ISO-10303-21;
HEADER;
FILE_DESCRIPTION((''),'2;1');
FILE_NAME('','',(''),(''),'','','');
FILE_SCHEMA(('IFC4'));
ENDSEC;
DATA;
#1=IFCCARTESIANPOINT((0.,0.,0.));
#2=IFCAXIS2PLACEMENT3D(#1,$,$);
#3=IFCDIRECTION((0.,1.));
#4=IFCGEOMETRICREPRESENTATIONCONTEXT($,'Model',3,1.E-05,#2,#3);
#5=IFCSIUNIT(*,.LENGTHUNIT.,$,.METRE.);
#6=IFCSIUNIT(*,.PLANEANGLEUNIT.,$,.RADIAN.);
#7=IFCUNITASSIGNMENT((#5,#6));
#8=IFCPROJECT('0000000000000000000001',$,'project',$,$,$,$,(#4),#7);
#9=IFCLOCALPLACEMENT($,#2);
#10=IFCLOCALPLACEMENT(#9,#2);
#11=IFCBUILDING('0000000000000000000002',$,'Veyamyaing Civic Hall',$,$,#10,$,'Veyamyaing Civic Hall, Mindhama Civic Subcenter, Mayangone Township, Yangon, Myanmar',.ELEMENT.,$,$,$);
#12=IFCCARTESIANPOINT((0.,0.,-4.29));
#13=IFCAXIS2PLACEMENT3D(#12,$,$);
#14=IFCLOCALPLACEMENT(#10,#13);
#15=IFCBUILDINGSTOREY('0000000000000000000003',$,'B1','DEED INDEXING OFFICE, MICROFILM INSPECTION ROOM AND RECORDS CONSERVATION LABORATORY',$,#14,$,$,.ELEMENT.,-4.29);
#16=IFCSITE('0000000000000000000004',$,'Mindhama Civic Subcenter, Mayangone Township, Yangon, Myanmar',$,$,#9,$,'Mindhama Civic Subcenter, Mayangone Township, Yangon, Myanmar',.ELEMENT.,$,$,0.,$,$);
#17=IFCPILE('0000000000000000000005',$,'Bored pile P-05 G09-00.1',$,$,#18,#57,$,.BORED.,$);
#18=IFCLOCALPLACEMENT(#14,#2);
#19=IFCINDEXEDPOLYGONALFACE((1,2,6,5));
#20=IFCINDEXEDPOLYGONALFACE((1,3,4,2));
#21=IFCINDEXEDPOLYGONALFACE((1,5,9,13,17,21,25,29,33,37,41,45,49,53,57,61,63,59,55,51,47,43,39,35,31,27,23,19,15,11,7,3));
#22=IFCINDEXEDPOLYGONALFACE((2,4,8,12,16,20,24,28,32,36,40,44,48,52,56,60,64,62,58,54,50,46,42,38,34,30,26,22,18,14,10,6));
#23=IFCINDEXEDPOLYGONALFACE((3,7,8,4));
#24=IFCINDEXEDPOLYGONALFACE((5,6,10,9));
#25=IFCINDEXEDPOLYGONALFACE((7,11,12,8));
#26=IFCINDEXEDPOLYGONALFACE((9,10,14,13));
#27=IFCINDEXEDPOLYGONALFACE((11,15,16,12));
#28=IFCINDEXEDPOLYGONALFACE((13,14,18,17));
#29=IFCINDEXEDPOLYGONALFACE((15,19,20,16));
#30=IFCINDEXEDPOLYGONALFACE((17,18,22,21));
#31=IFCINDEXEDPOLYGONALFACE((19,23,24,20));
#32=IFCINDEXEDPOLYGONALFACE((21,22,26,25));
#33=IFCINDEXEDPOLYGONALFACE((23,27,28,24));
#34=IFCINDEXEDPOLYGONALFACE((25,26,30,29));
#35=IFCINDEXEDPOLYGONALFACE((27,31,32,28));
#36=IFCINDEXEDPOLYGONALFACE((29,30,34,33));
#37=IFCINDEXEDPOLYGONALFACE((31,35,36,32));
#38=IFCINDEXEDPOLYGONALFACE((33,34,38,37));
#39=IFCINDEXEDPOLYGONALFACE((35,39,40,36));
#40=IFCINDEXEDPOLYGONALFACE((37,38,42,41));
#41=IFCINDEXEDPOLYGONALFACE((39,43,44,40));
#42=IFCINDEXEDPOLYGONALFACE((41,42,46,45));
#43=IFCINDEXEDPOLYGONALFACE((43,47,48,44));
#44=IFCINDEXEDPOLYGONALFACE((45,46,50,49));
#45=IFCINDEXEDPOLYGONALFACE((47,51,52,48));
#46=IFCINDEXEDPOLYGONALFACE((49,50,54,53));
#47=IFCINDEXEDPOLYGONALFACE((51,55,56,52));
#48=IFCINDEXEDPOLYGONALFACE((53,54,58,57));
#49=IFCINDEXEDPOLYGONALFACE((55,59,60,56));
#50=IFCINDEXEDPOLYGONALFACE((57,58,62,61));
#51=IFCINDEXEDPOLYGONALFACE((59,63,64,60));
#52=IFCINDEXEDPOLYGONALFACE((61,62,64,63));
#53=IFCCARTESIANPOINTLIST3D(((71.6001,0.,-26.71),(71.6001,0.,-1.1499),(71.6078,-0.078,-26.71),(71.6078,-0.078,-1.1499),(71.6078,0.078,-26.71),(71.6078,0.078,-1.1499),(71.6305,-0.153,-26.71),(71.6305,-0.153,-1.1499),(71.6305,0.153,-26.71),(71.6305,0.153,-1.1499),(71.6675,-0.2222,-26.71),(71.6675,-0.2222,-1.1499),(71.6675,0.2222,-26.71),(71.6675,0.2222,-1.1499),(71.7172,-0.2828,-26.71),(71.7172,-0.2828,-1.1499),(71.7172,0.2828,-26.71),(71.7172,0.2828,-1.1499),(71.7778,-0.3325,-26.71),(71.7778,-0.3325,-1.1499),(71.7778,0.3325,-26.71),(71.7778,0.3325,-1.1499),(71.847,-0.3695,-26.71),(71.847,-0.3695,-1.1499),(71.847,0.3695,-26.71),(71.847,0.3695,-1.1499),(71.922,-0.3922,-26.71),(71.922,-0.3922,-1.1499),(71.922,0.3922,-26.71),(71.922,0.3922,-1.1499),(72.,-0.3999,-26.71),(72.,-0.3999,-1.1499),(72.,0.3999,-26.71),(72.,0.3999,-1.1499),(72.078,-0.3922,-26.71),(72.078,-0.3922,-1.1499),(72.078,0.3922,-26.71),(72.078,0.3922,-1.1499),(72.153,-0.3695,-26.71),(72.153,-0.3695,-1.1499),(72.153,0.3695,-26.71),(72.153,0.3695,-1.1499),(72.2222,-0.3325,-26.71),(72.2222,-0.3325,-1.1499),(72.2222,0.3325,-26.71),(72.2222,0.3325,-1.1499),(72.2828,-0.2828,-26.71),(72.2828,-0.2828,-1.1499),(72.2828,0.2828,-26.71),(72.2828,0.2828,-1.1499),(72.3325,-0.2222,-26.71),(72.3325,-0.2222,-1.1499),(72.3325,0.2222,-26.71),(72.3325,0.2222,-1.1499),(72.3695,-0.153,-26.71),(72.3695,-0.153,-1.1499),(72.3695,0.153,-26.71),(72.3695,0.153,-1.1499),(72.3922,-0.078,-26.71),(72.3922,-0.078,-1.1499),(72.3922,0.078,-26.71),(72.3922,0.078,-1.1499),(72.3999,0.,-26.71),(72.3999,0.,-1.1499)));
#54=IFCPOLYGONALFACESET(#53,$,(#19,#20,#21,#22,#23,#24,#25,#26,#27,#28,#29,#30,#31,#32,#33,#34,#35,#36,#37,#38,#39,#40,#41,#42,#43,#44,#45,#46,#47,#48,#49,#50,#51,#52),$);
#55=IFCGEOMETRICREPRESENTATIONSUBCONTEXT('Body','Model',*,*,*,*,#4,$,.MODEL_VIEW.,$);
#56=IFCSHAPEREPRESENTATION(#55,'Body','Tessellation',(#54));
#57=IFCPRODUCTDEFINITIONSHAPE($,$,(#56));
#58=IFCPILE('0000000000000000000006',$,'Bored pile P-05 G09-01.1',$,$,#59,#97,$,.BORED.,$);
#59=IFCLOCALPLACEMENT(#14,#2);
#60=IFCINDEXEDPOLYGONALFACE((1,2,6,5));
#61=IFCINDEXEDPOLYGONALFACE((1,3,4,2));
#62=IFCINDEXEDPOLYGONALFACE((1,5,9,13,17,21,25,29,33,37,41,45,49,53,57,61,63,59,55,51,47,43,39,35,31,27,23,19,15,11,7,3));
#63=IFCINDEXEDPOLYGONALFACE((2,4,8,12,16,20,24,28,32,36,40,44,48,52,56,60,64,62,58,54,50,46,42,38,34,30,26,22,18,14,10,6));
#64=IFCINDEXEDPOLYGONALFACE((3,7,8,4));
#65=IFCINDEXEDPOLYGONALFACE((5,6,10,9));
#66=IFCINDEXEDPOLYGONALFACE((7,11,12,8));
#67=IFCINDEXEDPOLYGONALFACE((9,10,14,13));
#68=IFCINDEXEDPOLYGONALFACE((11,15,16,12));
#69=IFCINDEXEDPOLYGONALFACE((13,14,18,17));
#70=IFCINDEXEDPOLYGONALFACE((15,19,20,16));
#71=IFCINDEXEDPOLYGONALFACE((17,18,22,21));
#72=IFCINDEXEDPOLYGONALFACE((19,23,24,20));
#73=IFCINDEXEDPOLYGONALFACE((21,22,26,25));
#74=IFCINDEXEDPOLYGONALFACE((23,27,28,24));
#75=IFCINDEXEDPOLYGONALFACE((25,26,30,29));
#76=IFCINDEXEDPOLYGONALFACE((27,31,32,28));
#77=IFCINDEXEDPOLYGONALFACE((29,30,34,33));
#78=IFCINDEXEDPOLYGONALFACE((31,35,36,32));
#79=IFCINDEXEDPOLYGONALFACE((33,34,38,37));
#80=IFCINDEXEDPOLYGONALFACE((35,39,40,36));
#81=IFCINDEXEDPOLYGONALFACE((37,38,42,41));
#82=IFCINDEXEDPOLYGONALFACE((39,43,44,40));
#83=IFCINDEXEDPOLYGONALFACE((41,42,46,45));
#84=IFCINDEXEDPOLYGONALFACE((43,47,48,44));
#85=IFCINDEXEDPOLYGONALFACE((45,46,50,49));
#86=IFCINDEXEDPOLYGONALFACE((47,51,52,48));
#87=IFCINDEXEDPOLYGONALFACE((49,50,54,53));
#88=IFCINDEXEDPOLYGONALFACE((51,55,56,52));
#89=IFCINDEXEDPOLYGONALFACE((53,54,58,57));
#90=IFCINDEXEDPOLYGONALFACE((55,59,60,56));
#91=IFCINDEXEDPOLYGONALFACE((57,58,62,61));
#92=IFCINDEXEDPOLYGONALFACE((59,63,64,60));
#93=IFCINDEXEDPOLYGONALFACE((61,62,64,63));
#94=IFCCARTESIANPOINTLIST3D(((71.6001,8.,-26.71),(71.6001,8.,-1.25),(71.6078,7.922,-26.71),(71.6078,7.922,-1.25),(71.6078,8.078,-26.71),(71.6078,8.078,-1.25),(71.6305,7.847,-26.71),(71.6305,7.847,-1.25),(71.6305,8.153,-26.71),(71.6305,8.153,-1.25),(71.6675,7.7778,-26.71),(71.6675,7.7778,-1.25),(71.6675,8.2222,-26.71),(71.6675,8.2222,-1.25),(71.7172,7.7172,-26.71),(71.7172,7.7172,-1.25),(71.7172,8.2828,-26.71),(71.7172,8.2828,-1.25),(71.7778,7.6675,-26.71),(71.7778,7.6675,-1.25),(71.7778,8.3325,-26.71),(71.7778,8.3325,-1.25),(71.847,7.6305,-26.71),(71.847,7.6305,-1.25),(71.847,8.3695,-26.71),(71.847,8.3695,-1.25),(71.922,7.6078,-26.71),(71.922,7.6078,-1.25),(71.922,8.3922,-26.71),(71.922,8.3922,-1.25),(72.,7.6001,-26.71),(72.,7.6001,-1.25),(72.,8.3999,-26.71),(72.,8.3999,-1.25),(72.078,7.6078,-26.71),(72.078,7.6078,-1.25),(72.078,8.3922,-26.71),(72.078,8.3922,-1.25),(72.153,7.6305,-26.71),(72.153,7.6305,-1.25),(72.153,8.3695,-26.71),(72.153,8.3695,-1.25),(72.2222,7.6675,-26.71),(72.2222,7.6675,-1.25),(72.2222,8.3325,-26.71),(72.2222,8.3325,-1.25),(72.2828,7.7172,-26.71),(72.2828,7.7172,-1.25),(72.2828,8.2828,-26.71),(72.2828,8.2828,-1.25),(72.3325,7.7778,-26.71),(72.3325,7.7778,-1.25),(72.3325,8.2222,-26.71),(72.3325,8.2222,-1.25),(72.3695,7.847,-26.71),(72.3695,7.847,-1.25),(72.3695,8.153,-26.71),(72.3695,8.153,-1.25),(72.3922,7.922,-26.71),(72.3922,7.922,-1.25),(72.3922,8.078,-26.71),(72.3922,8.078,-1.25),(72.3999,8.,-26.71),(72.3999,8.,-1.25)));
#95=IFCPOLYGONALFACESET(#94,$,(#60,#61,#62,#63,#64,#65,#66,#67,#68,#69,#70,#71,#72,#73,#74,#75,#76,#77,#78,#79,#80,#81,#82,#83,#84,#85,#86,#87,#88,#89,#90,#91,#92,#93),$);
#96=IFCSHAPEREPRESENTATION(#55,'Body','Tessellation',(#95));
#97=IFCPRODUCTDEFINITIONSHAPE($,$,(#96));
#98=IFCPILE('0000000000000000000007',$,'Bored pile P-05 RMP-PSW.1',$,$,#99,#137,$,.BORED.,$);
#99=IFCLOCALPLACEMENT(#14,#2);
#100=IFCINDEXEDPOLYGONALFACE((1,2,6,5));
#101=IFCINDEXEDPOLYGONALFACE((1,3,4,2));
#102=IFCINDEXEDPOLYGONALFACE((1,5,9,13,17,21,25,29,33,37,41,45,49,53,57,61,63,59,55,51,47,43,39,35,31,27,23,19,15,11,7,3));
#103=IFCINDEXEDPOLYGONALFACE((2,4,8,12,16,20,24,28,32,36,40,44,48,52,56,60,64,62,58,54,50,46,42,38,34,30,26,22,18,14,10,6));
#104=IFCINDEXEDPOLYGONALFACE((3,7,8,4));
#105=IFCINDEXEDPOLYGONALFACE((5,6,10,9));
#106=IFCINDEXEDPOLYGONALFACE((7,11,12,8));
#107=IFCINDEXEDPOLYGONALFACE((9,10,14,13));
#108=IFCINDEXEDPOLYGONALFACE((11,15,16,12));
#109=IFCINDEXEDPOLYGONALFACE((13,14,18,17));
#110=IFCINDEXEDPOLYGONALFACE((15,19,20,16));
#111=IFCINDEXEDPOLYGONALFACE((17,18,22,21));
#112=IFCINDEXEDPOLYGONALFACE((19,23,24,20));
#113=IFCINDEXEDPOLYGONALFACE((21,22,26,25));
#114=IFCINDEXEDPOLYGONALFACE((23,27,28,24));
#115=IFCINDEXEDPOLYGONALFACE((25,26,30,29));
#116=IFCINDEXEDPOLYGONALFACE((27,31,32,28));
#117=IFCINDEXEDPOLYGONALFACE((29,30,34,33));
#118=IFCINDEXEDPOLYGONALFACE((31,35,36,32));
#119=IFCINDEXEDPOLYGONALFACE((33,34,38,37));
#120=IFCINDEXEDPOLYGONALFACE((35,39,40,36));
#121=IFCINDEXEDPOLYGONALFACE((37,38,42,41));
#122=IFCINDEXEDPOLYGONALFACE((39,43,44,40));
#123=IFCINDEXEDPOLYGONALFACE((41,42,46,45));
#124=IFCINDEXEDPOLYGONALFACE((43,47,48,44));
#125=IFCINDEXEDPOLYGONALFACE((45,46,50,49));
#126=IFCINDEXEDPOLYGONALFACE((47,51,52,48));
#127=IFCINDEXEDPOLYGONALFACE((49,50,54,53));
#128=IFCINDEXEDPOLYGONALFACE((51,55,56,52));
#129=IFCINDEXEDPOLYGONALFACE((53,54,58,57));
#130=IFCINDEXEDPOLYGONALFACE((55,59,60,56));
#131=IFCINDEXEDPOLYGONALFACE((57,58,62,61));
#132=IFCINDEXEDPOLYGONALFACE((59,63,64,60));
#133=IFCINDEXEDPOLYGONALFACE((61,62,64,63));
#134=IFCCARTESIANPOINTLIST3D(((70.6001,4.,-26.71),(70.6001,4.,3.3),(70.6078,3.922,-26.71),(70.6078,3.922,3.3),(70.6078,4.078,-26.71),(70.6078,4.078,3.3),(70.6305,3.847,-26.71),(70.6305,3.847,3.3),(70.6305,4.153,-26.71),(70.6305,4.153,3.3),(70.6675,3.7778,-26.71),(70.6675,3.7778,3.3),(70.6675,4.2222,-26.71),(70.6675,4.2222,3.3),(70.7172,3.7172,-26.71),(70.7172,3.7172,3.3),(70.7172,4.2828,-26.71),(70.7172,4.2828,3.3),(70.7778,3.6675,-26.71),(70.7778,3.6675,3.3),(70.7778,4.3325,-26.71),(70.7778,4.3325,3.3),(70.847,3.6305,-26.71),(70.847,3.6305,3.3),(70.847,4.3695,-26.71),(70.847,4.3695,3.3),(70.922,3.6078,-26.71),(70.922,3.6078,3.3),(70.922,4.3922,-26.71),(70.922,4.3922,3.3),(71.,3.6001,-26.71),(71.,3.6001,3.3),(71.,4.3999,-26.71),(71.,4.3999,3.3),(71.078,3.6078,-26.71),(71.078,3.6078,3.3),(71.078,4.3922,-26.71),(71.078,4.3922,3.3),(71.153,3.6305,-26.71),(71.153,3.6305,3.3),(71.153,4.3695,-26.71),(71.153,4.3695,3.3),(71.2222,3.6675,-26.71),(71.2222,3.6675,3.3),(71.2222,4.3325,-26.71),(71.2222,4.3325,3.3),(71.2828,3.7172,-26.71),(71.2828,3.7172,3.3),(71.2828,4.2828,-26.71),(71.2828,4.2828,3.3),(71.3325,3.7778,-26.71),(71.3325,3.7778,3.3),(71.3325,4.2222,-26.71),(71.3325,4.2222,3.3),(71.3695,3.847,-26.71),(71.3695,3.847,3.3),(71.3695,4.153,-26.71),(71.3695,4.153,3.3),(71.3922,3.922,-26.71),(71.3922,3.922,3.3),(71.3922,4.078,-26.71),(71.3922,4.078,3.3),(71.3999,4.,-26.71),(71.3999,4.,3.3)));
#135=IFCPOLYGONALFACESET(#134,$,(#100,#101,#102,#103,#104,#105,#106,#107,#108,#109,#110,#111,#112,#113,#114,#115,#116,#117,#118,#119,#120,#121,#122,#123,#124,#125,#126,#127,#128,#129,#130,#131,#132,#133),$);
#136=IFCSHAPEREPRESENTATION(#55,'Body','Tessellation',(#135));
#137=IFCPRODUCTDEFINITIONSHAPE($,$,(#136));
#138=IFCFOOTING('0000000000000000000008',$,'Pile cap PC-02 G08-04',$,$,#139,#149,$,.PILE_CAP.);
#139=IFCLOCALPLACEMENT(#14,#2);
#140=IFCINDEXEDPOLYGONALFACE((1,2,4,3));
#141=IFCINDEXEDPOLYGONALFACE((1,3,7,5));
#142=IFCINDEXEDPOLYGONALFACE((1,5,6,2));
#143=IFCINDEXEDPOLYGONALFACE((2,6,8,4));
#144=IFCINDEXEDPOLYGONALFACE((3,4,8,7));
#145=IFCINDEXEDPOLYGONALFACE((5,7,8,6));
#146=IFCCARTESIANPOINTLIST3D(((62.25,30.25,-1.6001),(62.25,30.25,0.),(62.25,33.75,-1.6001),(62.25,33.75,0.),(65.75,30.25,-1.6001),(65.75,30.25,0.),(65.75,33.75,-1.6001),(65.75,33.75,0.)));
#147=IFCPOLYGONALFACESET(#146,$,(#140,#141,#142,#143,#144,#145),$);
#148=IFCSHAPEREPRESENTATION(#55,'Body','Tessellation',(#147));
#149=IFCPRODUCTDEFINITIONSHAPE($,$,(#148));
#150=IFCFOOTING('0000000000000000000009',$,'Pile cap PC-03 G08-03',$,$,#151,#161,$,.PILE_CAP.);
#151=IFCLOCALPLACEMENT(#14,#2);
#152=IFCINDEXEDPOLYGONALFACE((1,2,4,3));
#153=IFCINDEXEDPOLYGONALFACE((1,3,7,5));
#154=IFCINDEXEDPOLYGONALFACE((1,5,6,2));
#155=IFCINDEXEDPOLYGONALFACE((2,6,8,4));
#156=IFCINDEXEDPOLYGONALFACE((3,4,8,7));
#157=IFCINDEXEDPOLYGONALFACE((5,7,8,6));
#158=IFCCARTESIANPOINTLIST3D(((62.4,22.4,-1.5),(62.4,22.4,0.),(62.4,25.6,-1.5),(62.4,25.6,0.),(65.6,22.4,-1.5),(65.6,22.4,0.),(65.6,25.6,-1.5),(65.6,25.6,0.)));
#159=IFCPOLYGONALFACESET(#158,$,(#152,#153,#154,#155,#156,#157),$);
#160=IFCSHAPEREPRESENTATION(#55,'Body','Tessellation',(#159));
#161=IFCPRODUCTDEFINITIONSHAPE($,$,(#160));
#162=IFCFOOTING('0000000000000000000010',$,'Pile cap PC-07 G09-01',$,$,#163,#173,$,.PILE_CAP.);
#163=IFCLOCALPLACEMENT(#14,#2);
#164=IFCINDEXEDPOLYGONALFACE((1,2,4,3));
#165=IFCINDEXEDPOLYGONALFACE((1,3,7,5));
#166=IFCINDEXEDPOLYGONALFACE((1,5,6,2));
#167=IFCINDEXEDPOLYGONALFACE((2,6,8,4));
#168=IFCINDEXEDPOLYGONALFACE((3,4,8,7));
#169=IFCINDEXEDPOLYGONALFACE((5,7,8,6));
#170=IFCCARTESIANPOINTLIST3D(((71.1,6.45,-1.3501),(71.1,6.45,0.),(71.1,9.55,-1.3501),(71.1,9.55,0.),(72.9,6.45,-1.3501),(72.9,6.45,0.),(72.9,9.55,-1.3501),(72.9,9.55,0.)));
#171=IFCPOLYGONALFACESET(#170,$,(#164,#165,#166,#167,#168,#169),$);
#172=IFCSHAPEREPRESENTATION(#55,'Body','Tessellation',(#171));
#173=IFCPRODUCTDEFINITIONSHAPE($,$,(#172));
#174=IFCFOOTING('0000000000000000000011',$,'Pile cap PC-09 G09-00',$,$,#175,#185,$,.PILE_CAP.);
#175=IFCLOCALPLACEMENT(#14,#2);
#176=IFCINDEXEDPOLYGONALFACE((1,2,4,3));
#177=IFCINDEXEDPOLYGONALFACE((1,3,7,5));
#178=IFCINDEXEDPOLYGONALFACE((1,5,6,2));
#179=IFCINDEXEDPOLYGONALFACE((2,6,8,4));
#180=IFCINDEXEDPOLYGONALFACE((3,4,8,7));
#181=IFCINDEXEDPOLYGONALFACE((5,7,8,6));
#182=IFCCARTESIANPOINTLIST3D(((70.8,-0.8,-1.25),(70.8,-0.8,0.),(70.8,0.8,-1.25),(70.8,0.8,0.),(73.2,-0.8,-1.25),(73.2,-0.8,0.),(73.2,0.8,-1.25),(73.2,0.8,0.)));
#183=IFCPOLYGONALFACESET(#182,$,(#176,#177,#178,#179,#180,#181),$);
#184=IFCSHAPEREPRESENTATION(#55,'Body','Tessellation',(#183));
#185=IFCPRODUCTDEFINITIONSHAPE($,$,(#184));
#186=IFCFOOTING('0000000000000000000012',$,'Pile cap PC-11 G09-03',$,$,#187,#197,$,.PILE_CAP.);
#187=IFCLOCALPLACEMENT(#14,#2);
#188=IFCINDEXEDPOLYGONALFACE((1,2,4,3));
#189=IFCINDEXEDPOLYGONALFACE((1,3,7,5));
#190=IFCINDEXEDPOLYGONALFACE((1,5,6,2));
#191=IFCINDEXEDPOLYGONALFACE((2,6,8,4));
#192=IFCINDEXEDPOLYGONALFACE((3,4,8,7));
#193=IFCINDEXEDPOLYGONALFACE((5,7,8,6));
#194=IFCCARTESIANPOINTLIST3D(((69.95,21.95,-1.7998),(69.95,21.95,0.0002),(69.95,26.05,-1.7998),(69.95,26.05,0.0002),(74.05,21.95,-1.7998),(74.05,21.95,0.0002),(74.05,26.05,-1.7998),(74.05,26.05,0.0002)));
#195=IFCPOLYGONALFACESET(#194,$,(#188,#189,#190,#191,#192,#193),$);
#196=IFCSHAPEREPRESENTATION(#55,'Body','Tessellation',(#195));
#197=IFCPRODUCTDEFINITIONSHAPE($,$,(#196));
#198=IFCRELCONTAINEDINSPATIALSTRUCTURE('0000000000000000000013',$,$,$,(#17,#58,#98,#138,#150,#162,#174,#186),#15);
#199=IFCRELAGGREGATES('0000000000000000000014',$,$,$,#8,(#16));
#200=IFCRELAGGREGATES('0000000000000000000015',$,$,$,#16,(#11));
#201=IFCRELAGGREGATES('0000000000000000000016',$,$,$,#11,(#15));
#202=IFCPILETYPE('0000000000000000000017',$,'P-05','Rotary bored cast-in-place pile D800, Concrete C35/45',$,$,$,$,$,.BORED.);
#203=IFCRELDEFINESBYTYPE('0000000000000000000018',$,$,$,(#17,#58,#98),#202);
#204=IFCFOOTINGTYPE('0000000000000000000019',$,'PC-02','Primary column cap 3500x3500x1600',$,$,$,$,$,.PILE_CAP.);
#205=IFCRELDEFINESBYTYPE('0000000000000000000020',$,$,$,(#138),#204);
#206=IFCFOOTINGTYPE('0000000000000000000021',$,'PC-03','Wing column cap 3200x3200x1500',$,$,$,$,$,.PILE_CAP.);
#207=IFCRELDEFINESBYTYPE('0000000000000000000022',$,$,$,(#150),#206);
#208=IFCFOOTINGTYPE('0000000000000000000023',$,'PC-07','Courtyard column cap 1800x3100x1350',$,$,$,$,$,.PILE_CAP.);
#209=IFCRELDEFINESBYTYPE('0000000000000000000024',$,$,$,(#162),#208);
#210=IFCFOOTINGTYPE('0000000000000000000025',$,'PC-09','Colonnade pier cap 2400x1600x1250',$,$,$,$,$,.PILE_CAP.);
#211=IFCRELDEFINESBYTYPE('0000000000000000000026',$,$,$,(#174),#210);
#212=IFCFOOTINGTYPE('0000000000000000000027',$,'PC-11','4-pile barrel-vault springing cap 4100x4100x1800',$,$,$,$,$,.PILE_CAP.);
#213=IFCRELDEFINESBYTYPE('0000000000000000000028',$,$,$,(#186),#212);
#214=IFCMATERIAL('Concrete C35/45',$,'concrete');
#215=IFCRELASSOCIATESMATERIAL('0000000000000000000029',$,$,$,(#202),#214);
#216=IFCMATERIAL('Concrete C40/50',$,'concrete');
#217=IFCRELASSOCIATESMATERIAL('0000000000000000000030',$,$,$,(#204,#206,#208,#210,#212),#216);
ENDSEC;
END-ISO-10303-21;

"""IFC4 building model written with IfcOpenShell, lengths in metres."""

from ifc_helpers import new_model, si_unit, direction, frame, origin, origin_2d, place, context, subcontext, project, spatial, rectangle, circle, extrude, material, material_profile, profile_set, type_object, element, save


model = new_model("IFC4")

# Units and contexts
model_context = context("Model", 3, precision=1e-05, world=origin(), true_north=direction((0.0, 1.0)))
body_context = subcontext(model_context, "Body", "Model", "MODEL_VIEW")
ifc_project = project(units=[si_unit("LENGTHUNIT", "METRE"), si_unit("PLANEANGLEUNIT", "RADIAN")], contexts=[model_context])

# Site, building, storey
site_placement = place(None, origin())
site = spatial("IfcSite", under=ifc_project, at=site_placement, Name="Mindhama Civic Subcenter, Mayangone Township, Yangon, Myanmar", LongName="Mindhama Civic Subcenter, Mayangone Township, Yangon, Myanmar", CompositionType="ELEMENT", RefElevation=0.0)
building_placement = place(site_placement, origin())
building = spatial("IfcBuilding", under=site, at=building_placement, Name="Veyamyaing Civic Hall", LongName="Veyamyaing Civic Hall, Mindhama Civic Subcenter, Mayangone Township, Yangon, Myanmar", CompositionType="ELEMENT")
storey_placement = place(building_placement, frame((0.0, 0.0, -4.29)))
storey = spatial("IfcBuildingStorey", under=building, at=storey_placement, Name="B1", Description="DEED INDEXING OFFICE, MICROFILM INSPECTION ROOM AND RECORDS CONSERVATION LABORATORY", CompositionType="ELEMENT", Elevation=-4.29)

# Shared definitions
ifc_material_1 = material(Name="Concrete C40/50", Category="concrete")

# Piles
ifc_material_2 = material(Name="Concrete C35/45", Category="concrete")
ifc_material_profile_1 = material_profile(ifc_material_2, circle(Radius=0.3999, at=origin_2d()), Name="PILE-D800")
ifc_profile_set_1 = profile_set([ifc_material_profile_1], Name="Concrete C35/45")
pile_type_1 = type_object("IfcPileType", Name="P-05", Description="Rotary bored cast-in-place pile D800, Concrete C35/45", PredefinedType="BORED", material=ifc_profile_set_1)
pile_1_placement = place(storey_placement, frame((72.0, 0.0, -1.1499), z_axis=(0.0, 0.0, -1.0), x_axis=(1.0, 0.0, 0.0)))
element("IfcPile", 1, at=pile_1_placement, inside=storey, type_object=pile_type_1, Name="Bored pile P-05 G09-00.1", PredefinedType="BORED", context=body_context, shape_type="SweptSolid", body=[
    extrude(circle(Radius=0.3999, at=origin_2d()), origin(), (0.0, 0.0, 1.0), 25.5601),
])
pile_2_placement = place(storey_placement, frame((72.0, 8.0, -1.25), z_axis=(0.0, 0.0, -1.0), x_axis=(1.0, 0.0, 0.0)))
element("IfcPile", 2, at=pile_2_placement, inside=storey, type_object=pile_type_1, Name="Bored pile P-05 G09-01.1", PredefinedType="BORED", context=body_context, shape_type="SweptSolid", body=[
    extrude(circle(Radius=0.3999, at=origin_2d()), origin(), (0.0, 0.0, 1.0), 25.46),
])
pile_3_placement = place(storey_placement, frame((71.0, 4.0, 3.3), z_axis=(0.0, 0.0, -1.0), x_axis=(1.0, 0.0, 0.0)))
element("IfcPile", 3, at=pile_3_placement, inside=storey, type_object=pile_type_1, Name="Bored pile P-05 RMP-PSW.1", PredefinedType="BORED", context=body_context, shape_type="SweptSolid", body=[
    extrude(circle(Radius=0.3999, at=origin_2d()), origin(), (0.0, 0.0, 1.0), 30.01),
])

# Footings
footing_type_1 = type_object("IfcFootingType", Name="PC-02", Description="Primary column cap 3500x3500x1600", PredefinedType="PILE_CAP", material=ifc_material_1)
footing_1_placement = place(storey_placement, frame((64.0, 32.0, -1.6001), z_axis=(0.0, 0.0, 1.0), x_axis=(1.0, 0.0, 0.0)))
element("IfcFooting", 4, at=footing_1_placement, inside=storey, type_object=footing_type_1, Name="Pile cap PC-02 G08-04", PredefinedType="PILE_CAP", context=body_context, shape_type="SweptSolid", body=[
    extrude(rectangle(XDim=3.5, YDim=3.5, at=origin_2d()), origin(), (0.0, 0.0, 1.0), 1.6001),
])
footing_type_2 = type_object("IfcFootingType", Name="PC-03", Description="Wing column cap 3200x3200x1500", PredefinedType="PILE_CAP", material=ifc_material_1)
footing_2_placement = place(storey_placement, frame((64.0, 24.0, -1.5), z_axis=(0.0, 0.0, 1.0), x_axis=(1.0, 0.0, 0.0)))
element("IfcFooting", 5, at=footing_2_placement, inside=storey, type_object=footing_type_2, Name="Pile cap PC-03 G08-03", PredefinedType="PILE_CAP", context=body_context, shape_type="SweptSolid", body=[
    extrude(rectangle(XDim=3.2, YDim=3.2, at=origin_2d()), origin(), (0.0, 0.0, 1.0), 1.5),
])
footing_type_3 = type_object("IfcFootingType", Name="PC-07", Description="Courtyard column cap 1800x3100x1350", PredefinedType="PILE_CAP", material=ifc_material_1)
footing_3_placement = place(storey_placement, frame((72.0, 8.0, -1.3501), z_axis=(0.0, 0.0, 1.0), x_axis=(1.0, 0.0, 0.0)))
element("IfcFooting", 6, at=footing_3_placement, inside=storey, type_object=footing_type_3, Name="Pile cap PC-07 G09-01", PredefinedType="PILE_CAP", context=body_context, shape_type="SweptSolid", body=[
    extrude(rectangle(XDim=1.8, YDim=3.1001, at=origin_2d()), origin(), (0.0, 0.0, 1.0), 1.3501),
])
footing_type_4 = type_object("IfcFootingType", Name="PC-09", Description="Colonnade pier cap 2400x1600x1250", PredefinedType="PILE_CAP", material=ifc_material_1)
footing_4_placement = place(storey_placement, frame((72.0, 0.0, -1.25), z_axis=(0.0, 0.0, 1.0), x_axis=(1.0, 0.0, 0.0)))
element("IfcFooting", 7, at=footing_4_placement, inside=storey, type_object=footing_type_4, Name="Pile cap PC-09 G09-00", PredefinedType="PILE_CAP", context=body_context, shape_type="SweptSolid", body=[
    extrude(rectangle(XDim=2.3999, YDim=1.6001, at=origin_2d()), origin(), (0.0, 0.0, 1.0), 1.25),
])
footing_type_5 = type_object("IfcFootingType", Name="PC-11", Description="4-pile barrel-vault springing cap 4100x4100x1800", PredefinedType="PILE_CAP", material=ifc_material_1)
footing_5_placement = place(storey_placement, frame((72.0, 24.0, -1.7998), z_axis=(0.0, 0.0, 1.0), x_axis=(1.0, 0.0, 0.0)))
element("IfcFooting", 8, at=footing_5_placement, inside=storey, type_object=footing_type_5, Name="Pile cap PC-11 G09-03", PredefinedType="PILE_CAP", context=body_context, shape_type="SweptSolid", body=[
    extrude(rectangle(XDim=4.1001, YDim=4.1001, at=origin_2d()), origin(), (0.0, 0.0, 1.0), 1.8),
])

save(model, "model.ifc")
